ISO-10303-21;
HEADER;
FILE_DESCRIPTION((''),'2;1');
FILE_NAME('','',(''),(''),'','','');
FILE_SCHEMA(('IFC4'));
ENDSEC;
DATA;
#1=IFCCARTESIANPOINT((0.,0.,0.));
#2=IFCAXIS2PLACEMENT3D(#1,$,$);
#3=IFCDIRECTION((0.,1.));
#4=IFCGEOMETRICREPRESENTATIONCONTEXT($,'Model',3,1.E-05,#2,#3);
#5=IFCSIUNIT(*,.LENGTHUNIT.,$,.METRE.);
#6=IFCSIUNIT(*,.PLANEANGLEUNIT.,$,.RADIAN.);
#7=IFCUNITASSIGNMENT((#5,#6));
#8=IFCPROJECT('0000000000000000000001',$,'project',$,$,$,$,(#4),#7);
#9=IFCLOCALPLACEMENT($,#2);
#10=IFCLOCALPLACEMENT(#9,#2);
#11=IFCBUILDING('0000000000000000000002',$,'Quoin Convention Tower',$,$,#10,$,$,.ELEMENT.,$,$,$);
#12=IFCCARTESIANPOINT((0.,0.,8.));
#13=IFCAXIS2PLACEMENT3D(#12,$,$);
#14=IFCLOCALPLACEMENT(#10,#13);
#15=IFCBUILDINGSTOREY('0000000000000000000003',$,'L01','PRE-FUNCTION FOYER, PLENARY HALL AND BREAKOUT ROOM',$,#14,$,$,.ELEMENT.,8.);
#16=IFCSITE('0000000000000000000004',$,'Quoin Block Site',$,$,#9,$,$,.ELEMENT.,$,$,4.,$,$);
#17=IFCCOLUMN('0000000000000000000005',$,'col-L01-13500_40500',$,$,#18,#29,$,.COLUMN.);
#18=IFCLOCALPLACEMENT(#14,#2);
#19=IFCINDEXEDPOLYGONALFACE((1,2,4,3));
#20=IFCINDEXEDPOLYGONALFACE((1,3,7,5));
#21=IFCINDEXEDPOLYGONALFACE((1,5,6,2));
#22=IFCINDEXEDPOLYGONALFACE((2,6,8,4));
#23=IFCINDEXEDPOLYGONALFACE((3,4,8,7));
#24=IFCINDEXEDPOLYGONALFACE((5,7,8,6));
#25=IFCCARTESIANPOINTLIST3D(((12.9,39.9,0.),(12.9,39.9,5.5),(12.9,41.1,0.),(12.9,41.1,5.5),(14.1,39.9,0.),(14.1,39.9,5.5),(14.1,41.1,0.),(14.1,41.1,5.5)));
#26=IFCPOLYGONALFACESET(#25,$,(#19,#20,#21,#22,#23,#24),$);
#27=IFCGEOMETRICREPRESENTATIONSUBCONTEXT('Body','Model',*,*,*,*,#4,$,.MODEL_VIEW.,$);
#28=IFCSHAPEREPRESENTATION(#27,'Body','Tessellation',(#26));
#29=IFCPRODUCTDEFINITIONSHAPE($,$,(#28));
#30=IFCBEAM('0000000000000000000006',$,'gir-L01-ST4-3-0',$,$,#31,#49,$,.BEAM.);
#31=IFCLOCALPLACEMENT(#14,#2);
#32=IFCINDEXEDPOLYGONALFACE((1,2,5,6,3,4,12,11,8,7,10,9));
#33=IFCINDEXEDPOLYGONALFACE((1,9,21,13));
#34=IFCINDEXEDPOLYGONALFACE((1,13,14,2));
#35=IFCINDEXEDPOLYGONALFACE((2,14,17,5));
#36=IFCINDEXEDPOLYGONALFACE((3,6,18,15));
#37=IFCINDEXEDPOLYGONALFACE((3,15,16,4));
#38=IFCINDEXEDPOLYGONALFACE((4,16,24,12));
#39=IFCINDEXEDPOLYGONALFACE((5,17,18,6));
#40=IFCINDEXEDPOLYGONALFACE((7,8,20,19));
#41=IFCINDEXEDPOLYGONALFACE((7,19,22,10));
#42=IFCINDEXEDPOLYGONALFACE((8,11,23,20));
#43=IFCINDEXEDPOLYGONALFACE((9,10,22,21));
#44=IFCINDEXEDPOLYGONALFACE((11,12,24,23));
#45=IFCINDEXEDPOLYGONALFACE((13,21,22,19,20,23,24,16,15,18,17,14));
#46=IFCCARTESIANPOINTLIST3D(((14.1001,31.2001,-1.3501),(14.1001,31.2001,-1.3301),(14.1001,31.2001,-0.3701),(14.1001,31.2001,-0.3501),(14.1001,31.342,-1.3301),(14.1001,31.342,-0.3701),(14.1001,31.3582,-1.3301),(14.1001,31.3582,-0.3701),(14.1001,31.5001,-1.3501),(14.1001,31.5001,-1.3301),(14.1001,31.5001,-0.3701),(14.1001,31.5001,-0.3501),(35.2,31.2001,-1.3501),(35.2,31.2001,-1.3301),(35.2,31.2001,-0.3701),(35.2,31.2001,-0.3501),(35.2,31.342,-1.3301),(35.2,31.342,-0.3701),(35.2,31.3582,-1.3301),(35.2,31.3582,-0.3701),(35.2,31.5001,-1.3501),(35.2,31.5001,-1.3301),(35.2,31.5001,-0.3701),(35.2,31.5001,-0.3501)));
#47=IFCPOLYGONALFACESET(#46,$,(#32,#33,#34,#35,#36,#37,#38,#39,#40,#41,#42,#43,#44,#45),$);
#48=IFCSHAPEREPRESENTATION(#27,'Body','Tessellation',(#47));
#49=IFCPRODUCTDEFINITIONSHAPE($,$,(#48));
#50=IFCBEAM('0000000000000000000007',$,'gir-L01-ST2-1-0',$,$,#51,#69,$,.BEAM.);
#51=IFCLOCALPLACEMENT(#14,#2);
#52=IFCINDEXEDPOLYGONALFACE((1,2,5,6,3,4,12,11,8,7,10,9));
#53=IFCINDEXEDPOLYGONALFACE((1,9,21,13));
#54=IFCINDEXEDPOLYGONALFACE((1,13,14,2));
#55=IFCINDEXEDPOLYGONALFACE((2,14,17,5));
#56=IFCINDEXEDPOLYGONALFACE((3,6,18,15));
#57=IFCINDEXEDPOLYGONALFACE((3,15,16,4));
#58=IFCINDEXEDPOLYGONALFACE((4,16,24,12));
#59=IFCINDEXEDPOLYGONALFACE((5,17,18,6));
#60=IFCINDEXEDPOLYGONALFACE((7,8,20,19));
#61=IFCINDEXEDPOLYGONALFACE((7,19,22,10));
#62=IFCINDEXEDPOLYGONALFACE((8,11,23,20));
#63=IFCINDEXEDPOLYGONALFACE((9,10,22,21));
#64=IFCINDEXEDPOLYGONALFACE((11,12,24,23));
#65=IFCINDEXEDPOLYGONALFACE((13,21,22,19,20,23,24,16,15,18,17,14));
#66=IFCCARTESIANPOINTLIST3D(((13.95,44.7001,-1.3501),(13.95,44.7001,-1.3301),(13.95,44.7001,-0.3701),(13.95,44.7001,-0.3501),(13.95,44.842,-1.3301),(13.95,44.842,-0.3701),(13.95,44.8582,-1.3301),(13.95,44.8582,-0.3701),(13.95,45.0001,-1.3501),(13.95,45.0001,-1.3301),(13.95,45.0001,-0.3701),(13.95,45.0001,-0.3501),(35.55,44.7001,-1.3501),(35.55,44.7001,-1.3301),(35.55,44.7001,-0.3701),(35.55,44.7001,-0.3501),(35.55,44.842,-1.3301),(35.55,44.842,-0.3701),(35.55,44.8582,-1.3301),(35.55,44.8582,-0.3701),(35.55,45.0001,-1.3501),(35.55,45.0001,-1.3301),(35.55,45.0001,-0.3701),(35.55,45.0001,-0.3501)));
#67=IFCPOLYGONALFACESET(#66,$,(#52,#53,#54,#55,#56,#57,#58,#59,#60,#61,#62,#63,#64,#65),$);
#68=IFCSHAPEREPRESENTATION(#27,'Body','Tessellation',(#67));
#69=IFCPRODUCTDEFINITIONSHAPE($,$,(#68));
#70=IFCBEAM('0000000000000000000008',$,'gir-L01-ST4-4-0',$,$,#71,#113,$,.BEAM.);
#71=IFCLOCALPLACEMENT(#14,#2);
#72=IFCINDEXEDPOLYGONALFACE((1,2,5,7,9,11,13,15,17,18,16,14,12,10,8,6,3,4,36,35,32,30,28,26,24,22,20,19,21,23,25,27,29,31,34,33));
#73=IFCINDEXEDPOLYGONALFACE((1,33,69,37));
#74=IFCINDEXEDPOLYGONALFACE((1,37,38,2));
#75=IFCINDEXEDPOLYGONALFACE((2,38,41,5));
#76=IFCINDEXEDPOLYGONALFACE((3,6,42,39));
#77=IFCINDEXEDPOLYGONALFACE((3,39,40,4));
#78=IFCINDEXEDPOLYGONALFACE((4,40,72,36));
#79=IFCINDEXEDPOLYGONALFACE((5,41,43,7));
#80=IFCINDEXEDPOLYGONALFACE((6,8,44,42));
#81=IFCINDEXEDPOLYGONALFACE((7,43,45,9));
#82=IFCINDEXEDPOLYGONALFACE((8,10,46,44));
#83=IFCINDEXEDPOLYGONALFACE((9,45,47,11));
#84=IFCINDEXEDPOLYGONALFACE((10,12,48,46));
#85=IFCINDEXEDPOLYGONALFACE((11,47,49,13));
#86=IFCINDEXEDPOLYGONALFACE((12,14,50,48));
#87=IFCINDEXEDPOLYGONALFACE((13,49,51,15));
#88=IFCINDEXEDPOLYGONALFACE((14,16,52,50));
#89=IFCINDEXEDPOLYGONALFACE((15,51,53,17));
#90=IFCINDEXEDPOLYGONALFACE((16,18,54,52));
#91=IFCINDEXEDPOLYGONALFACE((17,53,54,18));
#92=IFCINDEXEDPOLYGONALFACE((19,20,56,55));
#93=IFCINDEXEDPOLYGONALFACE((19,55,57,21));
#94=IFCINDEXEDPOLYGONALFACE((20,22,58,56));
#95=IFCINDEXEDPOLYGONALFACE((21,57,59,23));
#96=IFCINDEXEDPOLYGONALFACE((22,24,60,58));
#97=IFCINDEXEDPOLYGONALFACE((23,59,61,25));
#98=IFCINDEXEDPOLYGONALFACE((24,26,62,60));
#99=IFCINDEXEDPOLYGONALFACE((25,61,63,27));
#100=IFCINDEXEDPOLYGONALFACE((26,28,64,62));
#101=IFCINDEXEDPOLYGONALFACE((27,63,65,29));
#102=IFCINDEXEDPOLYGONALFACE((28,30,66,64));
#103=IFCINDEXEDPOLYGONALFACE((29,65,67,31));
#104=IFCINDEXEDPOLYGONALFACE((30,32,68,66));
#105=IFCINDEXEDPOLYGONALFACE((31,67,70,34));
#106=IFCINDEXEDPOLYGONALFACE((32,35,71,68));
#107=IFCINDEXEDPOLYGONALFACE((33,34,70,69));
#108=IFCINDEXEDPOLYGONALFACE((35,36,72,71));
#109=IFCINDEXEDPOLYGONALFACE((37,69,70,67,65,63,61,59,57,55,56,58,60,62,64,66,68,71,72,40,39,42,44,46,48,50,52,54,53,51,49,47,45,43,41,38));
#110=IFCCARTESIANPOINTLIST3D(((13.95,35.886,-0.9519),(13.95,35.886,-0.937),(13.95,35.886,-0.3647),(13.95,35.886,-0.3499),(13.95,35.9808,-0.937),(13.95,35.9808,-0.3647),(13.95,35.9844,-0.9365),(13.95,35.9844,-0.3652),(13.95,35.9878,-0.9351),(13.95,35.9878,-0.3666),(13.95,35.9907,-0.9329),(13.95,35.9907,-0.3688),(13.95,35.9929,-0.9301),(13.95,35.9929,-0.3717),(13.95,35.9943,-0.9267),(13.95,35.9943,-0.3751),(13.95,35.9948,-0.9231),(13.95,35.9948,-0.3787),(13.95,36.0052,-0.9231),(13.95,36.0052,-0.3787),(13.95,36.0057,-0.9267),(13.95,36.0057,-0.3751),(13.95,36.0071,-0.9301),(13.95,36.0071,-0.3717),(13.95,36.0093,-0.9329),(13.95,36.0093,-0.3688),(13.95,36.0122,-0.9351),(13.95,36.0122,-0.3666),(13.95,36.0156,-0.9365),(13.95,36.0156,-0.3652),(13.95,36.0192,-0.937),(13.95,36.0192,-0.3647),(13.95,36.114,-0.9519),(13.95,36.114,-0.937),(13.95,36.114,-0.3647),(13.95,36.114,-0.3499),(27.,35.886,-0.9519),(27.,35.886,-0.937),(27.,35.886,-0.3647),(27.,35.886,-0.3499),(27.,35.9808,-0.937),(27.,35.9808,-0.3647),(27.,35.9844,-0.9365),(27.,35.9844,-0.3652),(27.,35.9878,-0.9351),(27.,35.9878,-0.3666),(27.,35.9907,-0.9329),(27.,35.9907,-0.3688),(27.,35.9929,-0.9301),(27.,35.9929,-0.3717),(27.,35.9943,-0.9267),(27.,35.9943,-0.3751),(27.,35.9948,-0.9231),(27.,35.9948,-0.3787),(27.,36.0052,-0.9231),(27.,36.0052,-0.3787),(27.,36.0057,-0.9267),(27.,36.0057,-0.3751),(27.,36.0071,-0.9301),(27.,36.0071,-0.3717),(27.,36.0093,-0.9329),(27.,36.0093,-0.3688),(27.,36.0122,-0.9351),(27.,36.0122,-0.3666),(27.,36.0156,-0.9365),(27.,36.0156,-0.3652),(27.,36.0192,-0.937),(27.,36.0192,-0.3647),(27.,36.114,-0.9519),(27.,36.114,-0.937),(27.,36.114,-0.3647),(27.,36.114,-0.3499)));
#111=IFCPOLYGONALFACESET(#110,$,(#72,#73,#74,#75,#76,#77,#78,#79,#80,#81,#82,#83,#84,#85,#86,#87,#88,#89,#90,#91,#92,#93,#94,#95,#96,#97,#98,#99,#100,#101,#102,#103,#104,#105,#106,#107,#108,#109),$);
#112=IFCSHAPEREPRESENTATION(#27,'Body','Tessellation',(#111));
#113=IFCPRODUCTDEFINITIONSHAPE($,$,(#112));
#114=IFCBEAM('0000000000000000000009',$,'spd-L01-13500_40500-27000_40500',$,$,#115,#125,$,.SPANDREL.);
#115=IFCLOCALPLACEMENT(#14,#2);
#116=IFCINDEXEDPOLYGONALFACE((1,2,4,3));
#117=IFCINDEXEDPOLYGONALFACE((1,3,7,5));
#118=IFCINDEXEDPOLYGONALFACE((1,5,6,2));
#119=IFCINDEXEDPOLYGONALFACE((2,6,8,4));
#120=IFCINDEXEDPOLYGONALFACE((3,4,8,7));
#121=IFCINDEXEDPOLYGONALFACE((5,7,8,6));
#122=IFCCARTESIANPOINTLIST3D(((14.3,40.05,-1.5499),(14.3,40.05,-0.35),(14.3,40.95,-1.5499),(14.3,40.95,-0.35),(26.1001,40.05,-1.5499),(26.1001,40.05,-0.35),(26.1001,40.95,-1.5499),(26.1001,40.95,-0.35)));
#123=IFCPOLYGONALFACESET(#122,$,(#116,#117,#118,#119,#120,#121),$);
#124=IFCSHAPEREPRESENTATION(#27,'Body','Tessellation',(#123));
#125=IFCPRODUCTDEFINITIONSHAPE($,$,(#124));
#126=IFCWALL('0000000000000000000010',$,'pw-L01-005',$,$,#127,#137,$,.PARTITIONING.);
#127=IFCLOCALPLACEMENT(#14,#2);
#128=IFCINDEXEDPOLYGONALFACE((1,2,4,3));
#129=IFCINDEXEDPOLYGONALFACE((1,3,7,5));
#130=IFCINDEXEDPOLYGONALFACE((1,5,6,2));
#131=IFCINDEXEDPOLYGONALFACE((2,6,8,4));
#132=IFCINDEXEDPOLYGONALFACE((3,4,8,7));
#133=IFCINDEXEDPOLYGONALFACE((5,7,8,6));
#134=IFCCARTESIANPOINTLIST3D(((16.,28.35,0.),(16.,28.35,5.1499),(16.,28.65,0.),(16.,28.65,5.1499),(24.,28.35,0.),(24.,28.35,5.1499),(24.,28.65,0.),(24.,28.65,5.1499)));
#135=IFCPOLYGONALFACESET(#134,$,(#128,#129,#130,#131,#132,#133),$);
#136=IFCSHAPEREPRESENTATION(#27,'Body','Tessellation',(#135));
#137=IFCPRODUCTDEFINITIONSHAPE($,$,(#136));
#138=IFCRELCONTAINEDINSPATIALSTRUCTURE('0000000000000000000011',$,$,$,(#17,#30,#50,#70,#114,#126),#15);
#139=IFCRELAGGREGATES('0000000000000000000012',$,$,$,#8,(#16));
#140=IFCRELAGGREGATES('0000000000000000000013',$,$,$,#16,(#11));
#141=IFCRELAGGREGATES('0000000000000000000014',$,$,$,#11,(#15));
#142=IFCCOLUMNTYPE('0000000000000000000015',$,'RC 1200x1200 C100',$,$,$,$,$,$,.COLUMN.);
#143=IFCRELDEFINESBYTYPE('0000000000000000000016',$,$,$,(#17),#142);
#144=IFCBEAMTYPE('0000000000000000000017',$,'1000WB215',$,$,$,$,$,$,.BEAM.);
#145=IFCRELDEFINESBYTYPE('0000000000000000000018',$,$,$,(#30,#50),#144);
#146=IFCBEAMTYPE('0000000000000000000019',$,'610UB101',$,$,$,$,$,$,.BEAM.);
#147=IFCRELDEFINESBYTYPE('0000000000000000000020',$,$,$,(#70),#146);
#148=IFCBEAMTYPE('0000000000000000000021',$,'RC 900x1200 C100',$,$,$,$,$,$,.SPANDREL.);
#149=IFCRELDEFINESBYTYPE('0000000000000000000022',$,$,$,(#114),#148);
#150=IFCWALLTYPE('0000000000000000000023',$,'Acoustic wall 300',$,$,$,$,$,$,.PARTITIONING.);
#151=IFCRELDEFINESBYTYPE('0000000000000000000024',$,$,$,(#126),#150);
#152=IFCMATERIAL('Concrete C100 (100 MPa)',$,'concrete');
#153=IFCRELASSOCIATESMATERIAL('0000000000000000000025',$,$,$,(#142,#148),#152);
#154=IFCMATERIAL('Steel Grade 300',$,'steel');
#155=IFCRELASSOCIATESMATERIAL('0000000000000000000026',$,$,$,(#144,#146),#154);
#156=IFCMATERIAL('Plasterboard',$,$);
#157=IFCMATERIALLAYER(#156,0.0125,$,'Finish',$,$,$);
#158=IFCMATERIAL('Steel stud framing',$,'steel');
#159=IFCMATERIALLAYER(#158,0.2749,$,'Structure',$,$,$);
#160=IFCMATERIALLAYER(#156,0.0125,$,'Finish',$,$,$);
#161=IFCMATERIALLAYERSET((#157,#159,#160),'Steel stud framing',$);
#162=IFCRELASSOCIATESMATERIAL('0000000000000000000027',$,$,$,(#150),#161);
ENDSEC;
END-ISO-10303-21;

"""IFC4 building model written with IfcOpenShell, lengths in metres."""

from ifc_helpers import new_model, si_unit, direction, frame, frame_2d, origin, origin_2d, place, context, subcontext, project, spatial, rectangle, i_section, extrude, material, layer, layer_set, material_profile, profile_set, type_object, element, save


model = new_model("IFC4")

# Units and contexts
model_context = context("Model", 3, precision=1e-05, world=origin(), true_north=direction((0.0, 1.0)))
body_context = subcontext(model_context, "Body", "Model", "MODEL_VIEW")
ifc_project = project(units=[si_unit("LENGTHUNIT", "METRE"), si_unit("PLANEANGLEUNIT", "RADIAN")], contexts=[model_context])

# Site, building, storey
site_placement = place(None, origin())
site = spatial("IfcSite", under=ifc_project, at=site_placement, Name="Quoin Block Site", CompositionType="ELEMENT", RefElevation=4.0)
building_placement = place(site_placement, origin())
building = spatial("IfcBuilding", under=site, at=building_placement, Name="Quoin Convention Tower", CompositionType="ELEMENT")
storey_placement = place(building_placement, frame((0.0, 0.0, 8.0)))
storey = spatial("IfcBuildingStorey", under=building, at=storey_placement, Name="L01", Description="PRE-FUNCTION FOYER, PLENARY HALL AND BREAKOUT ROOM", CompositionType="ELEMENT", Elevation=8.0)

# Column
ifc_material_1 = material(Name="Concrete C100 (100 MPa)", Category="concrete")
ifc_material_profile_1 = material_profile(ifc_material_1, rectangle(XDim=1.2, YDim=1.2, at=origin_2d()), Name="RC 1200x1200")
ifc_profile_set_1 = profile_set([ifc_material_profile_1], Name="Concrete C100 (100 MPa)")
column_type = type_object("IfcColumnType", Name="RC 1200x1200 C100", PredefinedType="COLUMN", material=ifc_profile_set_1)
column_placement = place(storey_placement, frame((13.5, 40.5, 0.0), z_axis=(0.0, 0.0, 1.0), x_axis=(1.0, 0.0, 0.0)))
element("IfcColumn", 1, at=column_placement, inside=storey, type_object=column_type, Name="col-L01-13500_40500", PredefinedType="COLUMN", context=body_context, shape_type="SweptSolid", body=[
    extrude(rectangle(XDim=1.2, YDim=1.2, at=origin_2d()), origin(), (0.0, 0.0, 1.0), 5.5),
])

# Beams
ifc_material_2 = material(Name="Steel Grade 300", Category="steel")
ifc_material_profile_2 = material_profile(ifc_material_2, i_section(OverallWidth=0.3, OverallDepth=1.0, WebThickness=0.0161, FlangeThickness=0.02, at=origin_2d()), Name="1000WB215")
ifc_profile_set_2 = profile_set([ifc_material_profile_2], Name="Steel Grade 300")
beam_type_1 = type_object("IfcBeamType", Name="1000WB215", PredefinedType="BEAM", material=ifc_profile_set_2)
beam_1_placement = place(storey_placement, frame((14.1001, 31.3501, -0.8501), z_axis=(1.0, 0.0, 0.0), x_axis=(0.0, 1.0, 0.0)))
element("IfcBeam", 2, at=beam_1_placement, inside=storey, type_object=beam_type_1, Name="gir-L01-ST4-3-0", PredefinedType="BEAM", context=body_context, shape_type="SweptSolid", body=[
    extrude(i_section(OverallWidth=0.3, OverallDepth=1.0, WebThickness=0.0161, FlangeThickness=0.02, at=origin_2d()), origin(), (0.0, 0.0, 1.0), 21.0999),
])
beam_2_placement = place(storey_placement, frame((13.95, 44.8501, -0.8501), z_axis=(1.0, 0.0, 0.0), x_axis=(0.0, 1.0, 0.0)))
element("IfcBeam", 3, at=beam_2_placement, inside=storey, type_object=beam_type_1, Name="gir-L01-ST2-1-0", PredefinedType="BEAM", context=body_context, shape_type="SweptSolid", body=[
    extrude(i_section(OverallWidth=0.3, OverallDepth=1.0, WebThickness=0.0161, FlangeThickness=0.02, at=origin_2d()), origin(), (0.0, 0.0, 1.0), 21.6001),
])
ifc_material_profile_3 = material_profile(ifc_material_2, i_section(OverallWidth=0.228, OverallDepth=0.6021, WebThickness=0.0105, FlangeThickness=0.0149, FilletRadius=0.0139, at=origin_2d()), Name="610UB101")
ifc_profile_set_3 = profile_set([ifc_material_profile_3], Name="Steel Grade 300")
beam_type_2 = type_object("IfcBeamType", Name="610UB101", PredefinedType="BEAM", material=ifc_profile_set_3)
beam_3_placement = place(storey_placement, frame((13.95, 36.0, -0.6509), z_axis=(1.0, 0.0, 0.0), x_axis=(0.0, 1.0, 0.0)))
element("IfcBeam", 4, at=beam_3_placement, inside=storey, type_object=beam_type_2, Name="gir-L01-ST4-4-0", PredefinedType="BEAM", context=body_context, shape_type="SweptSolid", body=[
    extrude(i_section(OverallWidth=0.228, OverallDepth=0.6021, WebThickness=0.0105, FlangeThickness=0.0149, FilletRadius=0.0139, at=origin_2d()), origin(), (0.0, 0.0, 1.0), 13.05),
])
ifc_material_profile_4 = material_profile(ifc_material_1, rectangle(XDim=0.8999, YDim=1.2, at=origin_2d()), Name="RC 900x1200")
ifc_profile_set_4 = profile_set([ifc_material_profile_4], Name="Concrete C100 (100 MPa)")
beam_type_3 = type_object("IfcBeamType", Name="RC 900x1200 C100", PredefinedType="SPANDREL", material=ifc_profile_set_4)
beam_4_placement = place(storey_placement, frame((14.3, 40.5, -0.95), z_axis=(1.0, 0.0, 0.0), x_axis=(0.0, 1.0, 0.0)))
element("IfcBeam", 5, at=beam_4_placement, inside=storey, type_object=beam_type_3, Name="spd-L01-13500_40500-27000_40500", PredefinedType="SPANDREL", context=body_context, shape_type="SweptSolid", body=[
    extrude(rectangle(XDim=0.8999, YDim=1.2, at=origin_2d()), origin(), (0.0, 0.0, 1.0), 11.8),
])

# Wall
ifc_material_3 = material(Name="Plasterboard")
ifc_layer_1 = layer(ifc_material_3, 0.0125, Name="Finish")
ifc_material_4 = material(Name="Steel stud framing", Category="steel")
ifc_layer_2 = layer(ifc_material_4, 0.2749, Name="Structure")
ifc_layer_3 = layer(ifc_material_3, 0.0125, Name="Finish")
ifc_layer_set_1 = layer_set([ifc_layer_1, ifc_layer_2, ifc_layer_3], Name="Steel stud framing")
wall_type_1 = type_object("IfcWallType", Name="Acoustic wall 300", PredefinedType="PARTITIONING", material=ifc_layer_set_1)
wall_1_placement = place(storey_placement, frame((16.0, 28.5, 0.0), z_axis=(0.0, 0.0, 1.0), x_axis=(1.0, 0.0, 0.0)))
element("IfcWall", 6, at=wall_1_placement, inside=storey, type_object=wall_type_1, Name="pw-L01-005", PredefinedType="PARTITIONING", context=body_context, shape_type="SweptSolid", body=[
    extrude(rectangle(XDim=8.0, YDim=0.3, at=frame_2d((4.0, 0.0))), origin(), (0.0, 0.0, 1.0), 5.1499),
])

save(model, "model.ifc")
